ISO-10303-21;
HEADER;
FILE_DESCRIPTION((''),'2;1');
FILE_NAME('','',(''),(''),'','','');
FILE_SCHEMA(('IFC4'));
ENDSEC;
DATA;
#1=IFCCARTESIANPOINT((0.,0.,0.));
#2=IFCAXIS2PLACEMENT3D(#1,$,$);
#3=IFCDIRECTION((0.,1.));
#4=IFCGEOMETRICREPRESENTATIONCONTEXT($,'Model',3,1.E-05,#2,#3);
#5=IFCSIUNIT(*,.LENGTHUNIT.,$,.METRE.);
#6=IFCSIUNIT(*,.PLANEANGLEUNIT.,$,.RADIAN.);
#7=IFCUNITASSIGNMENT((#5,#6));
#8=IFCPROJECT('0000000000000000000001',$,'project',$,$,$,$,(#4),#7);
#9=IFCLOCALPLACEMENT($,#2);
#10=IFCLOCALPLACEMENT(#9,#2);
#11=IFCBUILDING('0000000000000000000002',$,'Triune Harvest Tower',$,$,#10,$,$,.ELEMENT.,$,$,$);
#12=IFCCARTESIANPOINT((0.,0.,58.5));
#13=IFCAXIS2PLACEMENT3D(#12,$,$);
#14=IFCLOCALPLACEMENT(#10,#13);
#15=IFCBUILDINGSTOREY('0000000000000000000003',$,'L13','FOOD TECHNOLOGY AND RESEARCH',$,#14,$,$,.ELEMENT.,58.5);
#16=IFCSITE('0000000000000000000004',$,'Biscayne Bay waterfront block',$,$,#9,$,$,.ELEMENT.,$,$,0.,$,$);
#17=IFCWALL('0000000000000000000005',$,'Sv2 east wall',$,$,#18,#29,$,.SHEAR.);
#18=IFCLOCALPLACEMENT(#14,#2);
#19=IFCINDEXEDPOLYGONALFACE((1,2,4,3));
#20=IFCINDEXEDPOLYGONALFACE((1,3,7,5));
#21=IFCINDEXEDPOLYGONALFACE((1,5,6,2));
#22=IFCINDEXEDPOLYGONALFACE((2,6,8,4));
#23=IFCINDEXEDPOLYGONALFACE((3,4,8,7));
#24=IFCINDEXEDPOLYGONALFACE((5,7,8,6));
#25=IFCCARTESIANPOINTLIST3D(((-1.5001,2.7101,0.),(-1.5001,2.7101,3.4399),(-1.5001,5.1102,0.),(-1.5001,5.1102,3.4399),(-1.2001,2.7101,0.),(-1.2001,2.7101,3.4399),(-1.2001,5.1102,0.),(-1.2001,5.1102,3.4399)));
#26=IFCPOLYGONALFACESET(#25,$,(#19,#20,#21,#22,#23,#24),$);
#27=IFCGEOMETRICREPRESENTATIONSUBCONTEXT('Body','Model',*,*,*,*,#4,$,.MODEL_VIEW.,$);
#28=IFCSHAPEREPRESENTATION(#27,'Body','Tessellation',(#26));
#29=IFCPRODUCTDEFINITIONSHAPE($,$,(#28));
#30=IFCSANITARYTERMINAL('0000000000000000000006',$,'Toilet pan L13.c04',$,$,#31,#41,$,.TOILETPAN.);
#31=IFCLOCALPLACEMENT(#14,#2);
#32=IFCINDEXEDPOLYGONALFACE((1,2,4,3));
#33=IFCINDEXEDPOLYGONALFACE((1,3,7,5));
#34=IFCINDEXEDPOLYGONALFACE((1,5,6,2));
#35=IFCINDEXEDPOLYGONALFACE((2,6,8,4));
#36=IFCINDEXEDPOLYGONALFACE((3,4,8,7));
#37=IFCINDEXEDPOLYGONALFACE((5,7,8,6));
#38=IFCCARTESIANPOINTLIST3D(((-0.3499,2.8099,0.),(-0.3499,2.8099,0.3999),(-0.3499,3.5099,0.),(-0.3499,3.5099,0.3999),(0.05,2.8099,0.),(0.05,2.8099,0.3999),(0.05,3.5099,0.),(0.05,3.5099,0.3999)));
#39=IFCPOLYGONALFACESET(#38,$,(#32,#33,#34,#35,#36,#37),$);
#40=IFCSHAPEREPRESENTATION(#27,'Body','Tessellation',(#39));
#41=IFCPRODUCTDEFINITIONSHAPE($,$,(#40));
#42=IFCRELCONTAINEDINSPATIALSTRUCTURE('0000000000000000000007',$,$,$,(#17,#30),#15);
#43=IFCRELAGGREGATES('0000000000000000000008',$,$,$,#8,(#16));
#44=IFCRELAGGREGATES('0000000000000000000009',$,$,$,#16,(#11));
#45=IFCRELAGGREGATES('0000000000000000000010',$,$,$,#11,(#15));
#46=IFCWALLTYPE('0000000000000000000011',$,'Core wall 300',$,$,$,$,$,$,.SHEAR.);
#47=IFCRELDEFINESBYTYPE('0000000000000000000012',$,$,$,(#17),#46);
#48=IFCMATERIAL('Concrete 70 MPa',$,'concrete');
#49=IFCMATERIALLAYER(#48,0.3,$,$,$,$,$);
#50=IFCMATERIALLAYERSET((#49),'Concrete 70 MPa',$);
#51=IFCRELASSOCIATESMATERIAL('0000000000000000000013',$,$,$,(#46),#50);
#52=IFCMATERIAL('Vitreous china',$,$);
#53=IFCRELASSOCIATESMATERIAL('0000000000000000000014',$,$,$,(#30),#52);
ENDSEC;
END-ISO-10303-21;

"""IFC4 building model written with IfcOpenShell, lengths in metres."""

from ifc_helpers import new_model, si_unit, direction, frame, frame_2d, origin, origin_2d, place, context, subcontext, project, spatial, rectangle, extrude, source, transform, mapped, material, layer, layer_set, type_object, element, save


model = new_model("IFC4")

# Units and contexts
model_context = context("Model", 3, precision=1e-05, world=origin(), true_north=direction((0.0, 1.0)))
body_context = subcontext(model_context, "Body", "Model", "MODEL_VIEW")
ifc_project = project(units=[si_unit("LENGTHUNIT", "METRE"), si_unit("PLANEANGLEUNIT", "RADIAN")], contexts=[model_context])

# Site, building, storey
site_placement = place(None, origin())
site = spatial("IfcSite", under=ifc_project, at=site_placement, Name="Biscayne Bay waterfront block", CompositionType="ELEMENT", RefElevation=0.0)
building_placement = place(site_placement, origin())
building = spatial("IfcBuilding", under=site, at=building_placement, Name="Triune Harvest Tower", CompositionType="ELEMENT")
storey_placement = place(building_placement, frame((0.0, 0.0, 58.5)))
storey = spatial("IfcBuildingStorey", under=building, at=storey_placement, Name="L13", Description="FOOD TECHNOLOGY AND RESEARCH", CompositionType="ELEMENT", Elevation=58.5)

# Shared definitions
ifc_material_1 = material(Name="Concrete 70 MPa", Category="concrete")
ifc_layer_1 = layer(ifc_material_1, 0.3)
ifc_layer_set_1 = layer_set([ifc_layer_1], Name="Concrete 70 MPa")
wall_type_1 = type_object("IfcWallType", Name="Core wall 300", PredefinedType="SHEAR", material=ifc_layer_set_1)
shared_shape_1 = source(origin(), body_context, "Body", "SweptSolid", [
    extrude(rectangle(XDim=2.4001, YDim=0.3, at=frame_2d((1.2002, 0.0))), origin(), (0.0, 0.0, 1.0), 3.4399),
])

# Wall
wall_1_placement = place(storey_placement, frame((-1.3501, 2.71, 0.0), z_axis=(0.0, 0.0, 1.0), x_axis=(0.0, 1.0, 0.0)))
element("IfcWall", 1, at=wall_1_placement, inside=storey, type_object=wall_type_1, Name="Sv2 east wall", PredefinedType="SHEAR", context=body_context, shape_type="MappedRepresentation", body=[
    mapped(shared_shape_1, transform((0.0, 0.0, 0.0), scale=1.0)),
])

# Sanitary terminal
ifc_material_2 = material(Name="Vitreous china")
shared_shape_2 = source(origin(), body_context, "Body", "SweptSolid", [
    extrude(rectangle(XDim=0.3999, YDim=0.7, at=origin_2d()), origin(), (0.0, 0.0, 1.0), 0.3999),
])
sanitary_terminal_placement = place(storey_placement, frame((-0.1499, 3.1599, 0.0), z_axis=(0.0, 0.0, 1.0), x_axis=(-1.0, 0.0, 0.0)))
element("IfcSanitaryTerminal", 2, at=sanitary_terminal_placement, inside=storey, material=ifc_material_2, Name="Toilet pan L13.c04", PredefinedType="TOILETPAN", context=body_context, shape_type="MappedRepresentation", body=[
    mapped(shared_shape_2, transform((0.0, 0.0, 0.0), scale=1.0)),
])

save(model, "model.ifc")
